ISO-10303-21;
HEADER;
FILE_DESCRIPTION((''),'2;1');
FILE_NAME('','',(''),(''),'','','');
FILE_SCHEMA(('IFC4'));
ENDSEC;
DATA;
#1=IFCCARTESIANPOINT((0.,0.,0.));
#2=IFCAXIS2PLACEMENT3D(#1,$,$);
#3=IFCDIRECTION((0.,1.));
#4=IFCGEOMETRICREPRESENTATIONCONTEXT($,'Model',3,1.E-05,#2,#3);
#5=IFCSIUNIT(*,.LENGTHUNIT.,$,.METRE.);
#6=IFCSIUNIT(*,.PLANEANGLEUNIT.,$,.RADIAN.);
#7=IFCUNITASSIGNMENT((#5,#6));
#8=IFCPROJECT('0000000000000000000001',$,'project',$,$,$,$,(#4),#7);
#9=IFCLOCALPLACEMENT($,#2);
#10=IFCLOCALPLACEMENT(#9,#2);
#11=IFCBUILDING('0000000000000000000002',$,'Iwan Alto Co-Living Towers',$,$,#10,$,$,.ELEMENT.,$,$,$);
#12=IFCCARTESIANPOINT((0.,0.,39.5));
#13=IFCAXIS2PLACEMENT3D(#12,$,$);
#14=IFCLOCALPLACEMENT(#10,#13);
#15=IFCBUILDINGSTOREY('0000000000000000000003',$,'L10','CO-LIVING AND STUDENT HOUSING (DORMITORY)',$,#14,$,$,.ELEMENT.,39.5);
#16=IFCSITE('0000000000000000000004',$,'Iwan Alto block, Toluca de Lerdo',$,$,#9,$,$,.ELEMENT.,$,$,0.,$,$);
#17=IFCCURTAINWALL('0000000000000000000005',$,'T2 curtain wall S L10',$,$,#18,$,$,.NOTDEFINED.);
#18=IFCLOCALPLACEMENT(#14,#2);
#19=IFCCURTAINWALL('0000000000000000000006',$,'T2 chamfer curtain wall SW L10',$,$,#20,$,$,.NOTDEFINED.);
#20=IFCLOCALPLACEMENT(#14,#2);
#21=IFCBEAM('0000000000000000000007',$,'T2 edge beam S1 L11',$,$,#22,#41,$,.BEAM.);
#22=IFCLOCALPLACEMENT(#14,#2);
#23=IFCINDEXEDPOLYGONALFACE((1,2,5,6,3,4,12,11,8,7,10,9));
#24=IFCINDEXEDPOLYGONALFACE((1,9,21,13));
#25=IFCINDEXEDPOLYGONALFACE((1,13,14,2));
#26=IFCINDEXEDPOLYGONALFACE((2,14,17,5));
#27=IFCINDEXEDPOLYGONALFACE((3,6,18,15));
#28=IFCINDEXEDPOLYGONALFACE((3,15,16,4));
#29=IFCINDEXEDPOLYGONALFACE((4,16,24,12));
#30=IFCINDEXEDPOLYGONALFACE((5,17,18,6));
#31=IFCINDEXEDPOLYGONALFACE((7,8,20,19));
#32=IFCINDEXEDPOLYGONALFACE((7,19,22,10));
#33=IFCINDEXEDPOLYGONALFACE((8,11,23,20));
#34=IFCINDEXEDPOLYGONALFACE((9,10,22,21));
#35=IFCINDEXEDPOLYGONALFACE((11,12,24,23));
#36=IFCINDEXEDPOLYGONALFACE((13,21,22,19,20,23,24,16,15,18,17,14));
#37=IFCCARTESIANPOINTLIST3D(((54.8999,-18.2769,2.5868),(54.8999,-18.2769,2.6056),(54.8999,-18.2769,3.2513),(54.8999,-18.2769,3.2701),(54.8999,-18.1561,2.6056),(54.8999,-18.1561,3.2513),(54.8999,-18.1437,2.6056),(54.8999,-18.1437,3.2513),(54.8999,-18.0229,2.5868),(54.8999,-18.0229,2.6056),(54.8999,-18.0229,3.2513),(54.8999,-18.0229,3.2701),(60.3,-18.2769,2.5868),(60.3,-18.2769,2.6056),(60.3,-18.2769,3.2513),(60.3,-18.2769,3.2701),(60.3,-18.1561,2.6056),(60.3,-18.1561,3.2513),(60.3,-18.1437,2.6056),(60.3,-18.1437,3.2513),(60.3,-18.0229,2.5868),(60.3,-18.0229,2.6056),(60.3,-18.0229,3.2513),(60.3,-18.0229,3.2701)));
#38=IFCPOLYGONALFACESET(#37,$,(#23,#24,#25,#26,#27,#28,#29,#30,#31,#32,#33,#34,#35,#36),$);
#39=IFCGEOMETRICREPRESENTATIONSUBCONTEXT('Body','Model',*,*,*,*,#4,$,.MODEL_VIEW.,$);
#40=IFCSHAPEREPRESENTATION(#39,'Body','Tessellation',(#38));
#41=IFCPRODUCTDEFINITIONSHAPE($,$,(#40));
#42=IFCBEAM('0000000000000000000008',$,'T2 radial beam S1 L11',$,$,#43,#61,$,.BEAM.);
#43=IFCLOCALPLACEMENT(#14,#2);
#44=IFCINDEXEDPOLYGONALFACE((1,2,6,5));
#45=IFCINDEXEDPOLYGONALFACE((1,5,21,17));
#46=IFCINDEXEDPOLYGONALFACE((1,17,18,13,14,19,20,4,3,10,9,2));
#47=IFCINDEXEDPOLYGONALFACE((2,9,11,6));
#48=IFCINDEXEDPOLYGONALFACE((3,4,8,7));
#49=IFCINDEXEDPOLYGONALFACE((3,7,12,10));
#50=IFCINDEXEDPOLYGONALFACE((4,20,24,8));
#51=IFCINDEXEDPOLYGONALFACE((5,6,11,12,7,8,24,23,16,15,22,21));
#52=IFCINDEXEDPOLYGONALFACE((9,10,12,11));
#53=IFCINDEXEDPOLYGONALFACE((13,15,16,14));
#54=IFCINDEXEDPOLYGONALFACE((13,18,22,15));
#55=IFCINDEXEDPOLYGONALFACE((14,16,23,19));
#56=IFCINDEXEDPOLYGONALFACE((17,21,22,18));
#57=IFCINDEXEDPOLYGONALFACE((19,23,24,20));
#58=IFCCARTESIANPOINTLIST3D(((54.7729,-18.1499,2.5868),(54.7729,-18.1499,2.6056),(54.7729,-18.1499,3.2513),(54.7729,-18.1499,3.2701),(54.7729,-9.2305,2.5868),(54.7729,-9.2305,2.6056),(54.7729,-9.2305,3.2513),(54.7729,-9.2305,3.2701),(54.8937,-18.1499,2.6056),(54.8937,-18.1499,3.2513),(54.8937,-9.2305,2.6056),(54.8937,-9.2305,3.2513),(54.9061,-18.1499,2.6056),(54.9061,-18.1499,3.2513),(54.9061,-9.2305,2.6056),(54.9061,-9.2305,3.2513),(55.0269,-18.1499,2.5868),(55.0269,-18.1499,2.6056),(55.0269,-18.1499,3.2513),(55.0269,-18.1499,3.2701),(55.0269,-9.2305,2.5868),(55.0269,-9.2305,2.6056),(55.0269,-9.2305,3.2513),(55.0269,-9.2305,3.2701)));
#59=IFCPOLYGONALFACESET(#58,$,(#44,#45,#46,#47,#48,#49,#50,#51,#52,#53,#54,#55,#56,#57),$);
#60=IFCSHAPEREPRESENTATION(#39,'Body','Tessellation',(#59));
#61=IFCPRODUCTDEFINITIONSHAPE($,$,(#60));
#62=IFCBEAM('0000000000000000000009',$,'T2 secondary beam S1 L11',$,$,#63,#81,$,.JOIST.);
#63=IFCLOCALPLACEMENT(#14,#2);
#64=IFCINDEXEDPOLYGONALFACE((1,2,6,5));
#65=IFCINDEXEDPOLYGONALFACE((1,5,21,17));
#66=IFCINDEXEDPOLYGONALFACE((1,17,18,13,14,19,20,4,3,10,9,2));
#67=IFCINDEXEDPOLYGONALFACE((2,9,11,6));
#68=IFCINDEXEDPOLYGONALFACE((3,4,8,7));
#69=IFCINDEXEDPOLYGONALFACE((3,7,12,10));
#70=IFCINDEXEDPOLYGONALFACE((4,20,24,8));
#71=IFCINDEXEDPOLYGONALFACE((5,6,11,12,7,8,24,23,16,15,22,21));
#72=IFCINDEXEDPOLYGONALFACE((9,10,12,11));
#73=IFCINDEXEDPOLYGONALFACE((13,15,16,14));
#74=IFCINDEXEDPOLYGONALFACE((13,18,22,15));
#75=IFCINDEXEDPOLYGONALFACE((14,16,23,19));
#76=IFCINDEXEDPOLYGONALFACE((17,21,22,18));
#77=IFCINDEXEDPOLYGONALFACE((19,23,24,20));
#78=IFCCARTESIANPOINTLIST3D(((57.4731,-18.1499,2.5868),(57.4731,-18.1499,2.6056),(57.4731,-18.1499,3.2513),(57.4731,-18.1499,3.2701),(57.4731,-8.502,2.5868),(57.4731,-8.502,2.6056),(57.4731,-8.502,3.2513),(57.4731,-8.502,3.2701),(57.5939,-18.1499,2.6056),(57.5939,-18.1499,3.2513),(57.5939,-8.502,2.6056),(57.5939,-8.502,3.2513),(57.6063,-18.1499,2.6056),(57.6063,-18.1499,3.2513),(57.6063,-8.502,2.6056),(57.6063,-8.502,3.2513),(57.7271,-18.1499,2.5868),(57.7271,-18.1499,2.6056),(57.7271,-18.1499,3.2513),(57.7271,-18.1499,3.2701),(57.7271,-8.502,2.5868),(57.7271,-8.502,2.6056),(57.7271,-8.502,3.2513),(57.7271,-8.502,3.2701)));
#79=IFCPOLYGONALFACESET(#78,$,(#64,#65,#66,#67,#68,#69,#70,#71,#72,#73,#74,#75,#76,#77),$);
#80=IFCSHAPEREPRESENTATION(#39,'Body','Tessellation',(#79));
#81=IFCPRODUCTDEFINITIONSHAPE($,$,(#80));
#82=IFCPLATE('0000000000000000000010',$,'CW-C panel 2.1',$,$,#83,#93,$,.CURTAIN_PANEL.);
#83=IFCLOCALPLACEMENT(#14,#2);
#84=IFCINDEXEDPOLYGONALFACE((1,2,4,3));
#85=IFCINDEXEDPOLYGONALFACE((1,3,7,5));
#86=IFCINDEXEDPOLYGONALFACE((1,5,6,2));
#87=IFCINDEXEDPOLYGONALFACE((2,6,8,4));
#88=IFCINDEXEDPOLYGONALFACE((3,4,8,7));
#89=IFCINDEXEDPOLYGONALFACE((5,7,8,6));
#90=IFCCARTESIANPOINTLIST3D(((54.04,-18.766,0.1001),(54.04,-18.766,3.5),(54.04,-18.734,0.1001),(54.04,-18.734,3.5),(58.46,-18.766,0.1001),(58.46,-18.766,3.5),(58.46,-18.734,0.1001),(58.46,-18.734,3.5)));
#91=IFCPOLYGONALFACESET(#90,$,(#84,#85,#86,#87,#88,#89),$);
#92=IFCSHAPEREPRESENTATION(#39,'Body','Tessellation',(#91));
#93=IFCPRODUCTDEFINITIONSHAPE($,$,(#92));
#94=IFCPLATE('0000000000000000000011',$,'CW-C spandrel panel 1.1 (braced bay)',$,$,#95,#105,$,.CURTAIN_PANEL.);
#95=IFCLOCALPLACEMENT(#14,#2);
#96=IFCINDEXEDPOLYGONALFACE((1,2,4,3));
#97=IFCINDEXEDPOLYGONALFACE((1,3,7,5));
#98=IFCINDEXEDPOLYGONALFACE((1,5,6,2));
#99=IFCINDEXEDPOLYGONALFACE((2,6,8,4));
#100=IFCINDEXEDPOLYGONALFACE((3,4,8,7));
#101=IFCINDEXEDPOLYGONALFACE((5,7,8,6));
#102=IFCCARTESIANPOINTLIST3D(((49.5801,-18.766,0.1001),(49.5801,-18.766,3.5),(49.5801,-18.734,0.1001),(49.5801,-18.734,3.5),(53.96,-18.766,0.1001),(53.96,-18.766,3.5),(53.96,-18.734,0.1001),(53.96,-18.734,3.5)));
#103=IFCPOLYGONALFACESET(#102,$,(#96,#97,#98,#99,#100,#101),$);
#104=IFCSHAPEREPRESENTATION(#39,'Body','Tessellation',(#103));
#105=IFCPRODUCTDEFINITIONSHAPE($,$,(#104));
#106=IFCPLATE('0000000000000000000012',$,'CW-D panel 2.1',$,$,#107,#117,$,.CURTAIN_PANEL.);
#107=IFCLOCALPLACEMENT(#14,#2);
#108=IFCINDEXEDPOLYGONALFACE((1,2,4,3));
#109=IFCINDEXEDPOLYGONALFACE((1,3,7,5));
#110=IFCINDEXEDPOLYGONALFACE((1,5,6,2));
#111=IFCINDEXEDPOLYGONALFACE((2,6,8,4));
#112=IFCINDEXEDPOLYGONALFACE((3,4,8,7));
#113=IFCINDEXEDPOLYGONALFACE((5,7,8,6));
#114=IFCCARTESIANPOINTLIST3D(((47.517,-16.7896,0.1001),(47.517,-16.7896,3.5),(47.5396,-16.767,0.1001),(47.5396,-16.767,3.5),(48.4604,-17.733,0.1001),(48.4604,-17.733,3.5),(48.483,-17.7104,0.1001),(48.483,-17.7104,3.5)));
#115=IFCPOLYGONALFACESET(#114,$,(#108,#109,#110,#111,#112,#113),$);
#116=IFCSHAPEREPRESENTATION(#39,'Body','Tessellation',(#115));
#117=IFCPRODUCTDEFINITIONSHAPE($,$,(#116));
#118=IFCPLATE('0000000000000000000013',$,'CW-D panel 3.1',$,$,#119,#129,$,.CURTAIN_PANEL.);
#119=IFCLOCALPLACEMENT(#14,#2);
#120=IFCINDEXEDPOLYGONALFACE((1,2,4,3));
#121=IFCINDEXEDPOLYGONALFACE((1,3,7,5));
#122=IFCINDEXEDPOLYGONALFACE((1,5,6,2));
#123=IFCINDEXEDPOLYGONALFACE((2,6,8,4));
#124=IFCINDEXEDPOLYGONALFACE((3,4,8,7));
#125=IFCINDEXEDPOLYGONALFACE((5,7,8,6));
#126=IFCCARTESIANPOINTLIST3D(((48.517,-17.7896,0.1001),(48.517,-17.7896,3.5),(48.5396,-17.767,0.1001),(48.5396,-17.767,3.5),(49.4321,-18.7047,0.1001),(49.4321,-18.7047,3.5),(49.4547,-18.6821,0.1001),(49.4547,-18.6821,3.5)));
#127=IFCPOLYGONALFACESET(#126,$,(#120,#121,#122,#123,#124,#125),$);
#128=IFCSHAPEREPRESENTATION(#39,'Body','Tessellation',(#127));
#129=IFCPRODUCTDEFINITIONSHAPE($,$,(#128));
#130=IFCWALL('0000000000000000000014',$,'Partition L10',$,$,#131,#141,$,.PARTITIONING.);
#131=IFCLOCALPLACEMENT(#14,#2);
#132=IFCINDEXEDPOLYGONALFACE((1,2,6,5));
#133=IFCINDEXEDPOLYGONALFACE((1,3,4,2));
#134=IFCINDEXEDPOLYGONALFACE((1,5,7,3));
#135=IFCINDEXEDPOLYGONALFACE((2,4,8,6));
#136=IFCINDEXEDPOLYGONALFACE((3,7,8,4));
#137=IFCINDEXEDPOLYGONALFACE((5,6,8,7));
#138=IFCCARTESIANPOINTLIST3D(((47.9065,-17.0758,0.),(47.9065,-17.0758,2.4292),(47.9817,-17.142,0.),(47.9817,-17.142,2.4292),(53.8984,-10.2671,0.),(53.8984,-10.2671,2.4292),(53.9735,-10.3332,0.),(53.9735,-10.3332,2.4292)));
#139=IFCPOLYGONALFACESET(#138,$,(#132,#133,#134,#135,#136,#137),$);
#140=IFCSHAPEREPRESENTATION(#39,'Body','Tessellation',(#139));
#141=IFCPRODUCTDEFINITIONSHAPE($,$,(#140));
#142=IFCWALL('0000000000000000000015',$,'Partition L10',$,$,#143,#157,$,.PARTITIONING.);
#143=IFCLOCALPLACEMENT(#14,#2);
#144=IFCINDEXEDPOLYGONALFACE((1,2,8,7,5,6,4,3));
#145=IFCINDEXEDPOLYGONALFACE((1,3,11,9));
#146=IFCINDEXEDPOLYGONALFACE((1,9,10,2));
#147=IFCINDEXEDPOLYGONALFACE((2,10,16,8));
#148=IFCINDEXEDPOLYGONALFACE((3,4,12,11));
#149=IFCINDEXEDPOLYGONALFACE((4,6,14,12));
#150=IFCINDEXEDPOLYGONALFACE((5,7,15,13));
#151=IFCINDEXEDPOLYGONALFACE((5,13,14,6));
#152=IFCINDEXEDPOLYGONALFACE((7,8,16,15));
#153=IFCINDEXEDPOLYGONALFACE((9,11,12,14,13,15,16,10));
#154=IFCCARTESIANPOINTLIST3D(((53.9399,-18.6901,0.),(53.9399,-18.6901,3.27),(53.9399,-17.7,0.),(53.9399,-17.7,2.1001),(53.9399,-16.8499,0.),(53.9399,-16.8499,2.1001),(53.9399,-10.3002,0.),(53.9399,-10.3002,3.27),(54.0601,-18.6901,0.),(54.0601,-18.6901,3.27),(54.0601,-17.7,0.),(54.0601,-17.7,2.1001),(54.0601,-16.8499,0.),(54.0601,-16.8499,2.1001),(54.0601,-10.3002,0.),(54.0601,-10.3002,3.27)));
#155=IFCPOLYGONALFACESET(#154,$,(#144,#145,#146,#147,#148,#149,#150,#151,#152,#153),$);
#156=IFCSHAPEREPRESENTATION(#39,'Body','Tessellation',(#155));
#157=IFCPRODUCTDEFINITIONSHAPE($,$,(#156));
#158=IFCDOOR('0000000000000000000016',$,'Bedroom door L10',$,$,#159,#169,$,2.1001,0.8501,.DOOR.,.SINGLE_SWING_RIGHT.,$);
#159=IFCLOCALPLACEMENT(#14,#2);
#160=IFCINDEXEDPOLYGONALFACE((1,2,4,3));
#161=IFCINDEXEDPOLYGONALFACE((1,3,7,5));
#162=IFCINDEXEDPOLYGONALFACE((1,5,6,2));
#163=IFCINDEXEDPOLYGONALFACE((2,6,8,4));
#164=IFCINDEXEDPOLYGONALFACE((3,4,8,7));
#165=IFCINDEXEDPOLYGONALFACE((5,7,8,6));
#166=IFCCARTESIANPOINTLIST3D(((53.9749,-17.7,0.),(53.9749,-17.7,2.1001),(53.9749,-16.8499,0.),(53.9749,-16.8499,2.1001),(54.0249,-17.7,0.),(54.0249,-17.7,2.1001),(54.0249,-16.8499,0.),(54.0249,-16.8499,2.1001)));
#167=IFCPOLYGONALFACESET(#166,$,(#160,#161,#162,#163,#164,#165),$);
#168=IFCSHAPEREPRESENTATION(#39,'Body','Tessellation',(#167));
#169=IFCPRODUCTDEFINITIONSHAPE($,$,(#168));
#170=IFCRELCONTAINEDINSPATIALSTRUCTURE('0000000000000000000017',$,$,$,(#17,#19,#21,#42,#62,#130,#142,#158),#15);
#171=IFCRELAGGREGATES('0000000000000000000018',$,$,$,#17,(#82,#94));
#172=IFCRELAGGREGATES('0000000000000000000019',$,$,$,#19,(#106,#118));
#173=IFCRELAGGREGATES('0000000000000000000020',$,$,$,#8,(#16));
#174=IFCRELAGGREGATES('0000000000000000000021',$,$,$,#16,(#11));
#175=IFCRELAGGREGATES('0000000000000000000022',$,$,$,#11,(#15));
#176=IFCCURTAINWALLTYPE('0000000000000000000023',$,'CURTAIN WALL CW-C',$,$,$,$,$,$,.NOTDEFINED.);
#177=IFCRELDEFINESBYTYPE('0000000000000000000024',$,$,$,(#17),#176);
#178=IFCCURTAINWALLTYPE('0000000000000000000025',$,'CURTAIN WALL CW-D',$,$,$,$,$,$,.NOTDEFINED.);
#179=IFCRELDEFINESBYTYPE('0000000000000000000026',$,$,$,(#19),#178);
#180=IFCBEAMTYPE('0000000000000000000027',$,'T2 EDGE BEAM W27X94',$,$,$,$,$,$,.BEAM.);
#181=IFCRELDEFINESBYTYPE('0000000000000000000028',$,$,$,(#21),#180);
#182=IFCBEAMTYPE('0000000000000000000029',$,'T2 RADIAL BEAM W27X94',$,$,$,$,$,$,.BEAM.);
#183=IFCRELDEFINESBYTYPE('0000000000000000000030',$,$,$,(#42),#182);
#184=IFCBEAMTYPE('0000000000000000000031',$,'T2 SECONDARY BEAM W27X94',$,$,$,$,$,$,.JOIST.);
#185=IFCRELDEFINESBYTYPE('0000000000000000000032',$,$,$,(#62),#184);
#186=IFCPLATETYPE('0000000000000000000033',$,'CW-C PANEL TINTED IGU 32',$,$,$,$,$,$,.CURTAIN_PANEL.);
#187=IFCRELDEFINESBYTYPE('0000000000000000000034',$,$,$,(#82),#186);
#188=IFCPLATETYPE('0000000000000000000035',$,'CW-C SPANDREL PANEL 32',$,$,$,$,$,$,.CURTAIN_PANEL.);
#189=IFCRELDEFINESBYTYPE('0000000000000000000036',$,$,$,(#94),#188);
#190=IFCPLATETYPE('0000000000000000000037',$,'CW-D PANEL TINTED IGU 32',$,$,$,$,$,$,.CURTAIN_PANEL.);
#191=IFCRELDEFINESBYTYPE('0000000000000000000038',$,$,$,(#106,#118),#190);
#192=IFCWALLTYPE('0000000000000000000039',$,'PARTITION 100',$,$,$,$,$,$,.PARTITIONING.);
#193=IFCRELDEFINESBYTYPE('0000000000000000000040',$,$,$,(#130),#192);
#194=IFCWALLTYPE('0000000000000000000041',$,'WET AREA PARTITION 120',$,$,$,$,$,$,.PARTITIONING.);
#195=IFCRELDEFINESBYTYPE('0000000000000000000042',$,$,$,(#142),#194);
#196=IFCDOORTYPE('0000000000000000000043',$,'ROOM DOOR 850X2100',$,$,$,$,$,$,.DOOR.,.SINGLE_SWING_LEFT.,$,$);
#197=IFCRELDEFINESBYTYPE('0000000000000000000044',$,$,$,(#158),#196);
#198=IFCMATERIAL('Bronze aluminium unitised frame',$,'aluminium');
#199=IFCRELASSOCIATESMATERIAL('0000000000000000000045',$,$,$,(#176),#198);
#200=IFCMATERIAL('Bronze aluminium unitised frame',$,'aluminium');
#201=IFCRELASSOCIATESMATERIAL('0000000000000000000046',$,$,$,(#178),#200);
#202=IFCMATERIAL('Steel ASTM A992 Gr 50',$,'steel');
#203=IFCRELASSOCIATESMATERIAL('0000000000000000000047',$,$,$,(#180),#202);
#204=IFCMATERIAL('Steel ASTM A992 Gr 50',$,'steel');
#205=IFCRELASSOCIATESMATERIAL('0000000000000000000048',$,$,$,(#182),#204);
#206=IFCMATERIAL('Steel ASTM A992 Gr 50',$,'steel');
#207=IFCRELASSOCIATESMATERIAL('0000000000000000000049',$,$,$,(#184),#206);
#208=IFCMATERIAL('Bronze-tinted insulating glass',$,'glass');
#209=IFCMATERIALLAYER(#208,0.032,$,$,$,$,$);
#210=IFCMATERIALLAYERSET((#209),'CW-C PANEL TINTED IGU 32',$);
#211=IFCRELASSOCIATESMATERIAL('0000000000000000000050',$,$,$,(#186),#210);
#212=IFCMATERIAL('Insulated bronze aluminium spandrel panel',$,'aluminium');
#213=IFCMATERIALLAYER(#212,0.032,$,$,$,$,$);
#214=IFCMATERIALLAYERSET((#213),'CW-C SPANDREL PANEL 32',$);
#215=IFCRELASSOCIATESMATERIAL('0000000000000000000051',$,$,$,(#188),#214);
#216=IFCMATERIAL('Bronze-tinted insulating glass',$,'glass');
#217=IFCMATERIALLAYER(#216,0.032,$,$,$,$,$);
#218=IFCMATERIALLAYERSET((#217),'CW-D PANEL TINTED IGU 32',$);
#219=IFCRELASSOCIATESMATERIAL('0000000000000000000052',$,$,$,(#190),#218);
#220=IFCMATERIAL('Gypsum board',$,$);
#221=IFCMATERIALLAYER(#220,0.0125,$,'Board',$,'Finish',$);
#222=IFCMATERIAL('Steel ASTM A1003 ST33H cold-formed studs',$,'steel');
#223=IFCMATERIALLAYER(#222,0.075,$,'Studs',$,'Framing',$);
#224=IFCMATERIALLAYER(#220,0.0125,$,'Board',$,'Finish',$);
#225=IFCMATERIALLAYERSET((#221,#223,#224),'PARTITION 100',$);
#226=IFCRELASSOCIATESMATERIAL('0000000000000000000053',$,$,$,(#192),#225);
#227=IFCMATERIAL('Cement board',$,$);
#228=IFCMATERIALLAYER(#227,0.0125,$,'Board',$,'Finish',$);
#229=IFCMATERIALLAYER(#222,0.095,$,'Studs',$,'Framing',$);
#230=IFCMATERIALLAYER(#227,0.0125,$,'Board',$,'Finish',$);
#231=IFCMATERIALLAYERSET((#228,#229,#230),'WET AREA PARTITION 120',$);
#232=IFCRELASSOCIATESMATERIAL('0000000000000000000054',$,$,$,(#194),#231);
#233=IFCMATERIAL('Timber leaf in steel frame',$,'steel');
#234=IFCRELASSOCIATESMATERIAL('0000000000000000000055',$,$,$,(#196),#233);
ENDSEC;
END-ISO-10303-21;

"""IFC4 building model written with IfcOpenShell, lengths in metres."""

from ifc_helpers import new_model, si_unit, direction, frame, frame_2d, origin, origin_2d, place, context, subcontext, project, spatial, rectangle, i_section, extrude, material, layer, layer_set, material_profile, profile_set, type_object, element, fill, aggregate, save


model = new_model("IFC4")

# Units and contexts
model_context = context("Model", 3, precision=1e-05, world=origin(), true_north=direction((0.0, 1.0)))
body_context = subcontext(model_context, "Body", "Model", "MODEL_VIEW")
ifc_project = project(units=[si_unit("LENGTHUNIT", "METRE"), si_unit("PLANEANGLEUNIT", "RADIAN")], contexts=[model_context])

# Site, building, storey
site_placement = place(None, origin())
site = spatial("IfcSite", under=ifc_project, at=site_placement, Name="Iwan Alto block, Toluca de Lerdo", CompositionType="ELEMENT", RefElevation=0.0)
building_placement = place(site_placement, origin())
building = spatial("IfcBuilding", under=site, at=building_placement, Name="Iwan Alto Co-Living Towers", CompositionType="ELEMENT")
storey_placement = place(building_placement, frame((0.0, 0.0, 39.5)))
storey = spatial("IfcBuildingStorey", under=building, at=storey_placement, Name="L10", Description="CO-LIVING AND STUDENT HOUSING (DORMITORY)", CompositionType="ELEMENT", Elevation=39.5)

# Curtain walls
ifc_material_1 = material(Name="Bronze aluminium unitised frame", Category="aluminium")
curtain_wall_type_1 = type_object("IfcCurtainWallType", Name="CURTAIN WALL CW-C", PredefinedType="NOTDEFINED", material=ifc_material_1)
curtain_wall_1_placement = place(storey_placement, origin())
curtain_wall_1 = element("IfcCurtainWall", 1, at=curtain_wall_1_placement, inside=storey, type_object=curtain_wall_type_1, Name="T2 curtain wall S L10", PredefinedType="NOTDEFINED")
ifc_material_2 = material(Name="Bronze aluminium unitised frame", Category="aluminium")
curtain_wall_type_2 = type_object("IfcCurtainWallType", Name="CURTAIN WALL CW-D", PredefinedType="NOTDEFINED", material=ifc_material_2)
curtain_wall_2_placement = place(storey_placement, origin())
curtain_wall_2 = element("IfcCurtainWall", 2, at=curtain_wall_2_placement, inside=storey, type_object=curtain_wall_type_2, Name="T2 chamfer curtain wall SW L10", PredefinedType="NOTDEFINED")

# Beams
ifc_material_3 = material(Name="Steel ASTM A992 Gr 50", Category="steel")
ifc_material_profile_1 = material_profile(ifc_material_3, i_section(OverallWidth=0.2539, OverallDepth=0.6833, WebThickness=0.0125, FlangeThickness=0.0188, at=origin_2d()), Name="W27X94")
ifc_profile_set_1 = profile_set([ifc_material_profile_1], Name="Steel ASTM A992 Gr 50")
beam_type_1 = type_object("IfcBeamType", Name="T2 EDGE BEAM W27X94", PredefinedType="BEAM", material=ifc_profile_set_1)
beam_1_placement = place(storey_placement, frame((54.8999, -18.1499, 2.9285), z_axis=(1.0, 0.0, 0.0), x_axis=(0.0, 1.0, 0.0)))
element("IfcBeam", 3, at=beam_1_placement, inside=storey, type_object=beam_type_1, Name="T2 edge beam S1 L11", PredefinedType="BEAM", context=body_context, shape_type="SweptSolid", body=[
    extrude(i_section(OverallWidth=0.2539, OverallDepth=0.6833, WebThickness=0.0125, FlangeThickness=0.0188, at=origin_2d()), origin(), (0.0, 0.0, 1.0), 5.4001),
])
ifc_material_4 = material(Name="Steel ASTM A992 Gr 50", Category="steel")
ifc_material_profile_2 = material_profile(ifc_material_4, i_section(OverallWidth=0.2539, OverallDepth=0.6833, WebThickness=0.0125, FlangeThickness=0.0188, at=origin_2d()), Name="W27X94")
ifc_profile_set_2 = profile_set([ifc_material_profile_2], Name="Steel ASTM A992 Gr 50")
beam_type_2 = type_object("IfcBeamType", Name="T2 RADIAL BEAM W27X94", PredefinedType="BEAM", material=ifc_profile_set_2)
beam_2_placement = place(storey_placement, frame((54.8999, -18.1499, 2.9285), z_axis=(0.0, 1.0, 0.0), x_axis=(-1.0, 0.0, 0.0)))
element("IfcBeam", 4, at=beam_2_placement, inside=storey, type_object=beam_type_2, Name="T2 radial beam S1 L11", PredefinedType="BEAM", context=body_context, shape_type="SweptSolid", body=[
    extrude(i_section(OverallWidth=0.2539, OverallDepth=0.6833, WebThickness=0.0125, FlangeThickness=0.0188, at=origin_2d()), origin(), (0.0, 0.0, 1.0), 8.9194),
])
ifc_material_5 = material(Name="Steel ASTM A992 Gr 50", Category="steel")
ifc_material_profile_3 = material_profile(ifc_material_5, i_section(OverallWidth=0.2539, OverallDepth=0.6833, WebThickness=0.0125, FlangeThickness=0.0188, at=origin_2d()), Name="W27X94")
ifc_profile_set_3 = profile_set([ifc_material_profile_3], Name="Steel ASTM A992 Gr 50")
beam_type_3 = type_object("IfcBeamType", Name="T2 SECONDARY BEAM W27X94", PredefinedType="JOIST", material=ifc_profile_set_3)
beam_3_placement = place(storey_placement, frame((57.6001, -18.1499, 2.9285), z_axis=(0.0, 1.0, 0.0), x_axis=(-1.0, 0.0, 0.0)))
element("IfcBeam", 5, at=beam_3_placement, inside=storey, type_object=beam_type_3, Name="T2 secondary beam S1 L11", PredefinedType="JOIST", context=body_context, shape_type="SweptSolid", body=[
    extrude(i_section(OverallWidth=0.2539, OverallDepth=0.6833, WebThickness=0.0125, FlangeThickness=0.0188, at=origin_2d()), origin(), (0.0, 0.0, 1.0), 9.6479),
])

# Plates
ifc_material_6 = material(Name="Bronze-tinted insulating glass", Category="glass")
ifc_layer_1 = layer(ifc_material_6, 0.032)
ifc_layer_set_1 = layer_set([ifc_layer_1], Name="CW-C PANEL TINTED IGU 32")
plate_type_1 = type_object("IfcPlateType", Name="CW-C PANEL TINTED IGU 32", PredefinedType="CURTAIN_PANEL", material=ifc_layer_set_1)
plate_1_placement = place(storey_placement, frame((56.25, -18.75, 0.1001), z_axis=(0.0, 0.0, 1.0), x_axis=(1.0, 0.0, 0.0)))
plate_1 = element("IfcPlate", 6, at=plate_1_placement, type_object=plate_type_1, Name="CW-C panel 2.1", PredefinedType="CURTAIN_PANEL", context=body_context, shape_type="SweptSolid", body=[
    extrude(rectangle(XDim=4.4199, YDim=0.032, at=origin_2d()), origin(), (0.0, 0.0, 1.0), 3.3999),
])
ifc_material_7 = material(Name="Insulated bronze aluminium spandrel panel", Category="aluminium")
ifc_layer_2 = layer(ifc_material_7, 0.032)
ifc_layer_set_2 = layer_set([ifc_layer_2], Name="CW-C SPANDREL PANEL 32")
plate_type_2 = type_object("IfcPlateType", Name="CW-C SPANDREL PANEL 32", PredefinedType="CURTAIN_PANEL", material=ifc_layer_set_2)
plate_2_placement = place(storey_placement, frame((51.77, -18.75, 0.1001), z_axis=(0.0, 0.0, 1.0), x_axis=(1.0, 0.0, 0.0)))
plate_2 = element("IfcPlate", 7, at=plate_2_placement, type_object=plate_type_2, Name="CW-C spandrel panel 1.1 (braced bay)", PredefinedType="CURTAIN_PANEL", context=body_context, shape_type="SweptSolid", body=[
    extrude(rectangle(XDim=4.3799, YDim=0.032, at=origin_2d()), origin(), (0.0, 0.0, 1.0), 3.3999),
])
aggregate(curtain_wall_1, [plate_1, plate_2])
ifc_material_8 = material(Name="Bronze-tinted insulating glass", Category="glass")
ifc_layer_3 = layer(ifc_material_8, 0.032)
ifc_layer_set_3 = layer_set([ifc_layer_3], Name="CW-D PANEL TINTED IGU 32")
plate_type_3 = type_object("IfcPlateType", Name="CW-D PANEL TINTED IGU 32", PredefinedType="CURTAIN_PANEL", material=ifc_layer_set_3)
plate_3_placement = place(storey_placement, frame((48.0, -17.25, 0.1001), z_axis=(0.0, 0.0, 1.0), x_axis=(0.707107, -0.707107, 0.0)))
plate_3 = element("IfcPlate", 8, at=plate_3_placement, type_object=plate_type_3, Name="CW-D panel 2.1", PredefinedType="CURTAIN_PANEL", context=body_context, shape_type="SweptSolid", body=[
    extrude(rectangle(XDim=1.3342, YDim=0.032, at=origin_2d()), origin(), (0.0, 0.0, 1.0), 3.3999),
])
plate_4_placement = place(storey_placement, frame((48.9858, -18.2358, 0.1001), z_axis=(0.0, 0.0, 1.0), x_axis=(0.707107, -0.707107, 0.0)))
plate_4 = element("IfcPlate", 9, at=plate_4_placement, type_object=plate_type_3, Name="CW-D panel 3.1", PredefinedType="CURTAIN_PANEL", context=body_context, shape_type="SweptSolid", body=[
    extrude(rectangle(XDim=1.2942, YDim=0.032, at=origin_2d()), origin(), (0.0, 0.0, 1.0), 3.3999),
])
aggregate(curtain_wall_2, [plate_3, plate_4])

# Wall
ifc_material_9 = material(Name="Gypsum board")
ifc_layer_4 = layer(ifc_material_9, 0.0125, Name="Board", Category="Finish")
ifc_material_10 = material(Name="Steel ASTM A1003 ST33H cold-formed studs", Category="steel")
ifc_layer_5 = layer(ifc_material_10, 0.075, Name="Studs", Category="Framing")
ifc_layer_6 = layer(ifc_material_9, 0.0125, Name="Board", Category="Finish")
ifc_layer_set_4 = layer_set([ifc_layer_4, ifc_layer_5, ifc_layer_6], Name="PARTITION 100")
wall_type_1 = type_object("IfcWallType", Name="PARTITION 100", PredefinedType="PARTITIONING", material=ifc_layer_set_4)
wall_1_placement = place(storey_placement, frame((47.9441, -17.1089, 0.0), z_axis=(0.0, 0.0, 1.0), x_axis=(0.660638, 0.750704, 0.0)))
element("IfcWall", 10, at=wall_1_placement, inside=storey, type_object=wall_type_1, Name="Partition L10", PredefinedType="PARTITIONING", context=body_context, shape_type="SweptSolid", body=[
    extrude(rectangle(XDim=9.0698, YDim=0.1001, at=frame_2d((4.5349, 0.0))), origin(), (0.0, 0.0, 1.0), 2.4292),
])

# Wall, opening, door
ifc_material_11 = material(Name="Cement board")
ifc_layer_7 = layer(ifc_material_11, 0.0125, Name="Board", Category="Finish")
ifc_layer_8 = layer(ifc_material_10, 0.095, Name="Studs", Category="Framing")
ifc_layer_9 = layer(ifc_material_11, 0.0125, Name="Board", Category="Finish")
ifc_layer_set_5 = layer_set([ifc_layer_7, ifc_layer_8, ifc_layer_9], Name="WET AREA PARTITION 120")
wall_type_2 = type_object("IfcWallType", Name="WET AREA PARTITION 120", PredefinedType="PARTITIONING", material=ifc_layer_set_5)
wall_2_placement = place(storey_placement, frame((54.0, -18.6899, 0.0), z_axis=(0.0, 0.0, 1.0), x_axis=(0.0, 1.0, 0.0)))
wall_2 = element("IfcWall", 11, at=wall_2_placement, inside=storey, type_object=wall_type_2, Name="Partition L10", PredefinedType="PARTITIONING", context=body_context, shape_type="SweptSolid", body=[
    extrude(rectangle(XDim=8.3899, YDim=0.1201, at=frame_2d((4.1948, 0.0))), origin(), (0.0, 0.0, 1.0), 3.27),
])
opening_placement = place(wall_2_placement, frame((0.99, 0.0, 0.0)))
opening = element("IfcOpeningElement", 12, at=opening_placement, cuts=wall_2, PredefinedType="OPENING", context=body_context, shape_type="SweptSolid", body=[
    extrude(rectangle(XDim=0.8501, YDim=2.1001, at=frame_2d((0.425, 1.05))), frame((0.0, 0.0701, 0.0), z_axis=(0.0, -1.0, 0.0), x_axis=(1.0, 0.0, 0.0)), (0.0, 0.0, 1.0), 0.1401),
])
ifc_material_12 = material(Name="Timber leaf in steel frame", Category="steel")
door_type = type_object("IfcDoorType", Name="ROOM DOOR 850X2100", OperationType="SINGLE_SWING_LEFT", PredefinedType="DOOR", material=ifc_material_12)
door_placement = place(opening_placement, frame((0.8501, 0.0, 0.0), z_axis=(0.0, 0.0, 1.0), x_axis=(-1.0, 0.0, 0.0)))
door = element("IfcDoor", 13, at=door_placement, inside=storey, type_object=door_type, Name="Bedroom door L10", OperationType="SINGLE_SWING_RIGHT", OverallHeight=2.1001, OverallWidth=0.8501, PredefinedType="DOOR", context=body_context, shape_type="SweptSolid", body=[
    extrude(rectangle(XDim=0.8501, YDim=2.1001, at=frame_2d((0.425, 1.05))), frame((0.0, 0.0249, 0.0), z_axis=(0.0, -1.0, 0.0), x_axis=(1.0, 0.0, 0.0)), (0.0, 0.0, 1.0), 0.05),
])
fill(opening, door)

save(model, "model.ifc")
